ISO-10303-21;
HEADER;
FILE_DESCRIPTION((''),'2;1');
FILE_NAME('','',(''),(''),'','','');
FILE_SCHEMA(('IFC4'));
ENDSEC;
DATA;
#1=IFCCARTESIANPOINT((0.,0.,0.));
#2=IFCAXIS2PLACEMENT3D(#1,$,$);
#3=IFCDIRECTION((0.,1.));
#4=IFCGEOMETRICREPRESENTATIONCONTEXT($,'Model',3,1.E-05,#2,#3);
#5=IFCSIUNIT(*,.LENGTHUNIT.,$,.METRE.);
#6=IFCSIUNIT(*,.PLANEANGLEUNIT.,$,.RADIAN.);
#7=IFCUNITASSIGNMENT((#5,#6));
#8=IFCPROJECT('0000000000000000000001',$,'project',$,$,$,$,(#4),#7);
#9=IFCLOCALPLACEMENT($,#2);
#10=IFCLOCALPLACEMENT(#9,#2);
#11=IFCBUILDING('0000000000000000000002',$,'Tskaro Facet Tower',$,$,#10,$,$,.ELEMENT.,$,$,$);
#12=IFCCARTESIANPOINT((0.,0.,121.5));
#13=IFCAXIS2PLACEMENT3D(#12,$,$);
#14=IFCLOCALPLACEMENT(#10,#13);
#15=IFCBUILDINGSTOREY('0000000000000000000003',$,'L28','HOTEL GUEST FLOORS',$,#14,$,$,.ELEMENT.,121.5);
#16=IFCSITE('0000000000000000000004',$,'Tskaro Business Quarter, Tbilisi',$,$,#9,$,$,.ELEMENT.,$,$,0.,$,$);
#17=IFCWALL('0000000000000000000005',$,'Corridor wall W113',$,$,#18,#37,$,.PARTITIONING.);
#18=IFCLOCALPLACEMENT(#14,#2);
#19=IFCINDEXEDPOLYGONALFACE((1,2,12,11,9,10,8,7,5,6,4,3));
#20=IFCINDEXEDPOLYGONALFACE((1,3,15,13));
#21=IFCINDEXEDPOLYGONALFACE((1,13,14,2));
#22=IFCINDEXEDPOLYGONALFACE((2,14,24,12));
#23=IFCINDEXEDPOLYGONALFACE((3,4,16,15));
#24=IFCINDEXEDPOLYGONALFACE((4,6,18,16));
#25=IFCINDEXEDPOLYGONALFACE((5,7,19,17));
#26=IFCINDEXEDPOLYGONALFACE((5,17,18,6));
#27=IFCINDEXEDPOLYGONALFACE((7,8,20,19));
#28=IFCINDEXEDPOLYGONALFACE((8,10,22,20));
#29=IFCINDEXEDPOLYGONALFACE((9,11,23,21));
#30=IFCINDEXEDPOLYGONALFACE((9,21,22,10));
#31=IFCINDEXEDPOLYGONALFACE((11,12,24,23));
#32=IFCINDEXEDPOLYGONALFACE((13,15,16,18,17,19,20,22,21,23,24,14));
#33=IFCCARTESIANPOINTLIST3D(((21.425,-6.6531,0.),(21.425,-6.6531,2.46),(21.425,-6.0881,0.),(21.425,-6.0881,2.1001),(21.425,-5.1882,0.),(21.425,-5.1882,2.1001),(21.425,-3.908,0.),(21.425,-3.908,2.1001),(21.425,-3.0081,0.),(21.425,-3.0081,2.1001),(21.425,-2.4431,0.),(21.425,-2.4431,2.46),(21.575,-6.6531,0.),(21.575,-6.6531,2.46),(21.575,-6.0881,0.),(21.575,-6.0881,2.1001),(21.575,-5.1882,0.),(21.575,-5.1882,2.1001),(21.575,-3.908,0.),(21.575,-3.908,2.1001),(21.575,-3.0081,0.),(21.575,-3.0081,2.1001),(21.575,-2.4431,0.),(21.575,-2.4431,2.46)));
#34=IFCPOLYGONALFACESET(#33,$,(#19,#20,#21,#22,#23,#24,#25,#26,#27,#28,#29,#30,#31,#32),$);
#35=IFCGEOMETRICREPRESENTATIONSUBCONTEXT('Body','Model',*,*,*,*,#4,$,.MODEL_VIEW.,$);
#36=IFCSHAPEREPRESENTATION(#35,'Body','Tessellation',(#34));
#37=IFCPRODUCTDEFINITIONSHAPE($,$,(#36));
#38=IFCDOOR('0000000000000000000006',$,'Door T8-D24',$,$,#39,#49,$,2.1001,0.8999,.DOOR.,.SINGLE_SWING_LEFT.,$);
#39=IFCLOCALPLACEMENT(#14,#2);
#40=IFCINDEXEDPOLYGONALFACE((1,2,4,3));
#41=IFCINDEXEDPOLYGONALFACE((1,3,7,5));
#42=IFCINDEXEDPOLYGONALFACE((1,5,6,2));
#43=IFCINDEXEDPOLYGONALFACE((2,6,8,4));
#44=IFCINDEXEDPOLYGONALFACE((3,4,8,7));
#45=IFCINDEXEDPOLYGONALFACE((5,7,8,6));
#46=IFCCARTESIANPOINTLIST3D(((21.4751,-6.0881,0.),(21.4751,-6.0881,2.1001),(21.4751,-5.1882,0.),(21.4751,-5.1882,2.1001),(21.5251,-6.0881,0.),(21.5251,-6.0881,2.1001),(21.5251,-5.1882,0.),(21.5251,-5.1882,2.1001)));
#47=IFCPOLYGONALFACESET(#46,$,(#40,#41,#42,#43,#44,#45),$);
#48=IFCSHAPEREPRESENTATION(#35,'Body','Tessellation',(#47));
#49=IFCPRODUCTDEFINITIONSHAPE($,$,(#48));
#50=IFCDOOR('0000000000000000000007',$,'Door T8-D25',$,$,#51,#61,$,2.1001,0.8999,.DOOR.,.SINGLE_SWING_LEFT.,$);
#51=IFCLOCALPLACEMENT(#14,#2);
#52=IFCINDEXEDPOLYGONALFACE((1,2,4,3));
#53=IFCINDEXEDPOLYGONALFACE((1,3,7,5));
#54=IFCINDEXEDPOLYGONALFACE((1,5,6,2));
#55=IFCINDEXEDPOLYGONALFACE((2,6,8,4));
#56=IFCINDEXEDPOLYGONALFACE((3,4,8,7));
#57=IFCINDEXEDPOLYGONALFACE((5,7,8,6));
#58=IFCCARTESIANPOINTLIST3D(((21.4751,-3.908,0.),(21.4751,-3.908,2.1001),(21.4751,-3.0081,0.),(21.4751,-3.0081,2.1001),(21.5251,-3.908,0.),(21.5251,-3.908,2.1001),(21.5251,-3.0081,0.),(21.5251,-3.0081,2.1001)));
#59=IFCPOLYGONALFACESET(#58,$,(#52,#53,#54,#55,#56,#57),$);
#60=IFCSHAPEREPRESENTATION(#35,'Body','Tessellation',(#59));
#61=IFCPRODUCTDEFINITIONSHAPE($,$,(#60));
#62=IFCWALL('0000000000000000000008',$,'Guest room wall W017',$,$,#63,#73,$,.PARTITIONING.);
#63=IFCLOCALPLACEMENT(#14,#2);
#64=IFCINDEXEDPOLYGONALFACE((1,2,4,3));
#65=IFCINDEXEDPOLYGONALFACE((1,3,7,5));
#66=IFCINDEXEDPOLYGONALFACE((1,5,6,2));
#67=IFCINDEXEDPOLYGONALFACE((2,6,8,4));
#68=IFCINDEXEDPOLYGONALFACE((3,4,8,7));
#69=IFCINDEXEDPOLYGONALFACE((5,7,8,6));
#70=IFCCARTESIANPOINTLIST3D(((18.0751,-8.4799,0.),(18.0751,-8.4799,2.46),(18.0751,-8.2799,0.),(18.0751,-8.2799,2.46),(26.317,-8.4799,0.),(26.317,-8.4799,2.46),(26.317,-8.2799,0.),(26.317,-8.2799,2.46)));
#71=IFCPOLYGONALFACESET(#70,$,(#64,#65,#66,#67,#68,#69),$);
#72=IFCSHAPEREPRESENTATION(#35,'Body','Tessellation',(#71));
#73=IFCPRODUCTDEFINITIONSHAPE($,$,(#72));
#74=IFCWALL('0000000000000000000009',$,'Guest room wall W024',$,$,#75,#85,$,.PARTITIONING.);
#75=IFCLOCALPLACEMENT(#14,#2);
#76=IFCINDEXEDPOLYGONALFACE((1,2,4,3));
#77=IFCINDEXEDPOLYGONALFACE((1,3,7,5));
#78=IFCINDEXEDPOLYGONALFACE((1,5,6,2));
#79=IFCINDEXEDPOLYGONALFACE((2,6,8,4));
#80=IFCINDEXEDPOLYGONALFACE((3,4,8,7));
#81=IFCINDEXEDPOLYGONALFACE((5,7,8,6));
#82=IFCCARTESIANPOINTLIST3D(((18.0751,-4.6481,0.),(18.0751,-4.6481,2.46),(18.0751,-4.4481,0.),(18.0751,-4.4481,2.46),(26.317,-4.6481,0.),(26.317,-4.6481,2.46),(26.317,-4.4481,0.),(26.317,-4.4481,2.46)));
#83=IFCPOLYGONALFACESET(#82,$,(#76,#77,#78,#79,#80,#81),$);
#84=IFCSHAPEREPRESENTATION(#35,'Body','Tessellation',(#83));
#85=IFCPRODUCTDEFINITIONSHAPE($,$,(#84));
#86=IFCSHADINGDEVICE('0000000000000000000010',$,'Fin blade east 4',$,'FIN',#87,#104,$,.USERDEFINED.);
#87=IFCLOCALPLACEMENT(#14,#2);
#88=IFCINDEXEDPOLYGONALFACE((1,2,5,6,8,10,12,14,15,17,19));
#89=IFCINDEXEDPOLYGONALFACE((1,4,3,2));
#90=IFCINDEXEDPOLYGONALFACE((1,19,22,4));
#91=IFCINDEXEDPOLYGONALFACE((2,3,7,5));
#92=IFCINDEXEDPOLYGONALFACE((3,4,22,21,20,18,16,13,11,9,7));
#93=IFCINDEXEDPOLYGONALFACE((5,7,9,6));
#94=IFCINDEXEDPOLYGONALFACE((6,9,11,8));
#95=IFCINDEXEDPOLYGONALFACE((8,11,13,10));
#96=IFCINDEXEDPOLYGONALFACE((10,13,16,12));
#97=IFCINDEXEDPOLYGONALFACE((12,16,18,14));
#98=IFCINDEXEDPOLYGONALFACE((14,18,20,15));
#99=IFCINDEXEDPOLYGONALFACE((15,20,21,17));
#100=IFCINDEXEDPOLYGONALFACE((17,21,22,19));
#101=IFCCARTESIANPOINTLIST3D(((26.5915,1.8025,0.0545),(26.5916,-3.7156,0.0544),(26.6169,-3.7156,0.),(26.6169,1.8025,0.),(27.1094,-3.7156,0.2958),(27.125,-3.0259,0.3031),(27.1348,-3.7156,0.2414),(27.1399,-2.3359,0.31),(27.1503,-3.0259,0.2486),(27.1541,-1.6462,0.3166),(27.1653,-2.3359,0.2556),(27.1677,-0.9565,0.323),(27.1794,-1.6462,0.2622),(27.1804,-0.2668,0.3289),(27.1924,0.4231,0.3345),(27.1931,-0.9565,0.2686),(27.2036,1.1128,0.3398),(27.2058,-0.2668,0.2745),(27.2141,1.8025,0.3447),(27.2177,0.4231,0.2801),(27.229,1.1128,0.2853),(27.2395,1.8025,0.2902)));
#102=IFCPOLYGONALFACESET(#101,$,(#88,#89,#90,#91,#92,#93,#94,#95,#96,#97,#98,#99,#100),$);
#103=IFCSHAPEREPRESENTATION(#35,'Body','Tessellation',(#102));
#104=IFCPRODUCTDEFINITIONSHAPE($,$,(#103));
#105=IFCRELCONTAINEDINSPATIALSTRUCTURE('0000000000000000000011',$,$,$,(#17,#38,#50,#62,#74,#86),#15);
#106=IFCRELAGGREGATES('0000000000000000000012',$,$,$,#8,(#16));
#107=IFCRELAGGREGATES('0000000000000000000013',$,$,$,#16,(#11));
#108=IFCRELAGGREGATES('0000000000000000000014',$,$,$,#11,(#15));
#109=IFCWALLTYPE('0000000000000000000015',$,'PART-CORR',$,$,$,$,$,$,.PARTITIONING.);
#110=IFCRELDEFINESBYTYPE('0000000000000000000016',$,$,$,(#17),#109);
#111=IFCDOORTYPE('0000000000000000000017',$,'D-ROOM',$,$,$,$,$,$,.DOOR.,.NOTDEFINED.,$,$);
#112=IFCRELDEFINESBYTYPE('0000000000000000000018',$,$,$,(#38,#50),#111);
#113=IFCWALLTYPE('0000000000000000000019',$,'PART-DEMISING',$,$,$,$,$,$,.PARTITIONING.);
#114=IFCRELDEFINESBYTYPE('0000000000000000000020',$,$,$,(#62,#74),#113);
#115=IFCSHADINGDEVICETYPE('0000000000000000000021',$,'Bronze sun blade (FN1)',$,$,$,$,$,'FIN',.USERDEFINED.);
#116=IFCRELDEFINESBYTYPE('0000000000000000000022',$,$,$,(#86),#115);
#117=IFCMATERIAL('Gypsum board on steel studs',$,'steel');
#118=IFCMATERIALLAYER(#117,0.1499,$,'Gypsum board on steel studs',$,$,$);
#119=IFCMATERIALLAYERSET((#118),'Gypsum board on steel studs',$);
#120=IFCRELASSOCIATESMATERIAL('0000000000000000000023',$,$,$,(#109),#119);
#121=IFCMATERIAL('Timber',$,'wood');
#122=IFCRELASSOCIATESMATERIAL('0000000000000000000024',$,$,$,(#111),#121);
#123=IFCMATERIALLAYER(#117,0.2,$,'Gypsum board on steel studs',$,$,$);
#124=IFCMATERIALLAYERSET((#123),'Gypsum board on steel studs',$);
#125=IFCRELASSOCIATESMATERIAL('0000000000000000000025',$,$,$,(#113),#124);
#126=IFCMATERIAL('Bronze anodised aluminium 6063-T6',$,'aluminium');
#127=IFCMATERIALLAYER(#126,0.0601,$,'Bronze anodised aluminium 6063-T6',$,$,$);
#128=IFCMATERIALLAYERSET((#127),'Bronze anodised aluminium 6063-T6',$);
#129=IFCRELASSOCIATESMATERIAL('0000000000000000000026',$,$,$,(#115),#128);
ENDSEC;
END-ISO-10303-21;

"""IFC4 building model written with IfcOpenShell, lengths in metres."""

from ifc_helpers import new_model, si_unit, direction, frame, frame_2d, origin, place, context, subcontext, project, spatial, polyline, rectangle, outline, extrude, material, layer, layer_set, type_object, element, fill, save


model = new_model("IFC4")

# Units and contexts
model_context = context("Model", 3, precision=1e-05, world=origin(), true_north=direction((0.0, 1.0)))
body_context = subcontext(model_context, "Body", "Model", "MODEL_VIEW")
ifc_project = project(units=[si_unit("LENGTHUNIT", "METRE"), si_unit("PLANEANGLEUNIT", "RADIAN")], contexts=[model_context])

# Site, building, storey
site_placement = place(None, origin())
site = spatial("IfcSite", under=ifc_project, at=site_placement, Name="Tskaro Business Quarter, Tbilisi", CompositionType="ELEMENT", RefElevation=0.0)
building_placement = place(site_placement, origin())
building = spatial("IfcBuilding", under=site, at=building_placement, Name="Tskaro Facet Tower", CompositionType="ELEMENT")
storey_placement = place(building_placement, frame((0.0, 0.0, 121.5)))
storey = spatial("IfcBuildingStorey", under=building, at=storey_placement, Name="L28", Description="HOTEL GUEST FLOORS", CompositionType="ELEMENT", Elevation=121.5)

# Shared definitions
ifc_material_1 = material(Name="Bronze anodised aluminium 6063-T6", Category="aluminium")

# Shared definitions
ifc_material_2 = material(Name="Gypsum board on steel studs", Category="steel")
ifc_layer_1 = layer(ifc_material_2, 0.1499, Name="Gypsum board on steel studs")
ifc_layer_set_1 = layer_set([ifc_layer_1], Name="Gypsum board on steel studs")
wall_type_1 = type_object("IfcWallType", Name="PART-CORR", PredefinedType="PARTITIONING", material=ifc_layer_set_1)

# Wall, openings, doors
wall_placement = place(storey_placement, frame((21.5, -6.6531, 0.0), z_axis=(0.0, 0.0, 1.0), x_axis=(0.0, 1.0, 0.0)))
wall = element("IfcWall", 1, at=wall_placement, inside=storey, type_object=wall_type_1, Name="Corridor wall W113", PredefinedType="PARTITIONING", context=body_context, shape_type="SweptSolid", body=[
    extrude(rectangle(XDim=4.21, YDim=0.1499, at=frame_2d((2.105, 0.0))), origin(), (0.0, 0.0, 1.0), 2.46),
])
opening_1_placement = place(wall_placement, frame((0.5649, 0.0, 0.0)))
opening_1 = element("IfcOpeningElement", 2, at=opening_1_placement, cuts=wall, PredefinedType="OPENING", context=body_context, shape_type="SweptSolid", body=[
    extrude(rectangle(XDim=0.8999, YDim=2.1001, at=frame_2d((0.45, 1.05))), frame((0.0, 0.085, 0.0), z_axis=(0.0, -1.0, 0.0), x_axis=(1.0, 0.0, 0.0)), (0.0, 0.0, 1.0), 0.1699),
])
opening_2_placement = place(wall_placement, frame((2.7451, 0.0, 0.0)))
opening_2 = element("IfcOpeningElement", 3, at=opening_2_placement, cuts=wall, PredefinedType="OPENING", context=body_context, shape_type="SweptSolid", body=[
    extrude(rectangle(XDim=0.8999, YDim=2.1001, at=frame_2d((0.45, 1.05))), frame((0.0, 0.085, 0.0), z_axis=(0.0, -1.0, 0.0), x_axis=(1.0, 0.0, 0.0)), (0.0, 0.0, 1.0), 0.1699),
])
ifc_material_3 = material(Name="Timber", Category="wood")
door_type = type_object("IfcDoorType", Name="D-ROOM", OperationType="NOTDEFINED", PredefinedType="DOOR", material=ifc_material_3)
door_1_placement = place(opening_1_placement, origin())
door_1 = element("IfcDoor", 4, at=door_1_placement, inside=storey, type_object=door_type, Name="Door T8-D24", OperationType="SINGLE_SWING_LEFT", OverallHeight=2.1001, OverallWidth=0.8999, PredefinedType="DOOR", context=body_context, shape_type="SweptSolid", body=[
    extrude(rectangle(XDim=0.8999, YDim=2.1001, at=frame_2d((0.45, 1.05))), frame((0.0, 0.0249, 0.0), z_axis=(0.0, -1.0, 0.0), x_axis=(1.0, 0.0, 0.0)), (0.0, 0.0, 1.0), 0.05),
])
fill(opening_1, door_1)
door_2_placement = place(opening_2_placement, origin())
door_2 = element("IfcDoor", 5, at=door_2_placement, inside=storey, type_object=door_type, Name="Door T8-D25", OperationType="SINGLE_SWING_LEFT", OverallHeight=2.1001, OverallWidth=0.8999, PredefinedType="DOOR", context=body_context, shape_type="SweptSolid", body=[
    extrude(rectangle(XDim=0.8999, YDim=2.1001, at=frame_2d((0.45, 1.05))), frame((0.0, 0.0249, 0.0), z_axis=(0.0, -1.0, 0.0), x_axis=(1.0, 0.0, 0.0)), (0.0, 0.0, 1.0), 0.05),
])
fill(opening_2, door_2)

# Walls
ifc_layer_2 = layer(ifc_material_2, 0.2, Name="Gypsum board on steel studs")
ifc_layer_set_2 = layer_set([ifc_layer_2], Name="Gypsum board on steel studs")
wall_type_2 = type_object("IfcWallType", Name="PART-DEMISING", PredefinedType="PARTITIONING", material=ifc_layer_set_2)
for number, where, z_axis, x_axis, name in (
    (6, (18.075, -8.3799, 0.0), (0.0, 0.0, 1.0), (1.0, 0.0, 0.0), "Guest room wall W017"),
    (7, (18.075, -4.5481, 0.0), (0.0, 0.0, 1.0), (1.0, 0.0, 0.0), "Guest room wall W024"),
):
    element("IfcWall", number, at=place(storey_placement, frame(where, z_axis=z_axis, x_axis=x_axis)), inside=storey, type_object=wall_type_2, Name=name, PredefinedType="PARTITIONING", context=body_context, shape_type="SweptSolid", body=[
        extrude(rectangle(XDim=8.2419, YDim=0.2, at=frame_2d((4.1211, 0.0))), origin(), (0.0, 0.0, 1.0), 2.46),
    ])

# Shading device
ifc_layer_3 = layer(ifc_material_1, 0.0601, Name="Bronze anodised aluminium 6063-T6")
ifc_layer_set_3 = layer_set([ifc_layer_3], Name="Bronze anodised aluminium 6063-T6")
shading_device_type = type_object("IfcShadingDeviceType", Name="Bronze sun blade (FN1)", ElementType="FIN", PredefinedType="USERDEFINED", material=ifc_layer_set_3)
shading_device_placement = place(storey_placement, frame((26.5916, -3.7156, 0.0544), z_axis=(-0.422481, -0.000002, 0.906372), x_axis=(-0.000001, 1.0, 0.000002)))
element("IfcShadingDevice", 8, at=shading_device_placement, inside=storey, type_object=shading_device_type, Name="Fin blade east 4", ObjectType="FIN", PredefinedType="USERDEFINED", context=body_context, shape_type="SweptSolid", body=[
    extrude(outline(polyline([(0.0, 0.0), (5.5181, 0.0), (5.5181, -0.6869), (4.8284, -0.6753), (4.1387, -0.6629), (3.4487, -0.6497), (2.759, -0.6357), (2.0693, -0.6206), (1.3796, -0.605), (0.6897, -0.5885), (0.0, -0.5713), (0.0, 0.0)])), origin(), (0.0, 0.0, -1.0), 0.0601),
])

save(model, "model.ifc")
